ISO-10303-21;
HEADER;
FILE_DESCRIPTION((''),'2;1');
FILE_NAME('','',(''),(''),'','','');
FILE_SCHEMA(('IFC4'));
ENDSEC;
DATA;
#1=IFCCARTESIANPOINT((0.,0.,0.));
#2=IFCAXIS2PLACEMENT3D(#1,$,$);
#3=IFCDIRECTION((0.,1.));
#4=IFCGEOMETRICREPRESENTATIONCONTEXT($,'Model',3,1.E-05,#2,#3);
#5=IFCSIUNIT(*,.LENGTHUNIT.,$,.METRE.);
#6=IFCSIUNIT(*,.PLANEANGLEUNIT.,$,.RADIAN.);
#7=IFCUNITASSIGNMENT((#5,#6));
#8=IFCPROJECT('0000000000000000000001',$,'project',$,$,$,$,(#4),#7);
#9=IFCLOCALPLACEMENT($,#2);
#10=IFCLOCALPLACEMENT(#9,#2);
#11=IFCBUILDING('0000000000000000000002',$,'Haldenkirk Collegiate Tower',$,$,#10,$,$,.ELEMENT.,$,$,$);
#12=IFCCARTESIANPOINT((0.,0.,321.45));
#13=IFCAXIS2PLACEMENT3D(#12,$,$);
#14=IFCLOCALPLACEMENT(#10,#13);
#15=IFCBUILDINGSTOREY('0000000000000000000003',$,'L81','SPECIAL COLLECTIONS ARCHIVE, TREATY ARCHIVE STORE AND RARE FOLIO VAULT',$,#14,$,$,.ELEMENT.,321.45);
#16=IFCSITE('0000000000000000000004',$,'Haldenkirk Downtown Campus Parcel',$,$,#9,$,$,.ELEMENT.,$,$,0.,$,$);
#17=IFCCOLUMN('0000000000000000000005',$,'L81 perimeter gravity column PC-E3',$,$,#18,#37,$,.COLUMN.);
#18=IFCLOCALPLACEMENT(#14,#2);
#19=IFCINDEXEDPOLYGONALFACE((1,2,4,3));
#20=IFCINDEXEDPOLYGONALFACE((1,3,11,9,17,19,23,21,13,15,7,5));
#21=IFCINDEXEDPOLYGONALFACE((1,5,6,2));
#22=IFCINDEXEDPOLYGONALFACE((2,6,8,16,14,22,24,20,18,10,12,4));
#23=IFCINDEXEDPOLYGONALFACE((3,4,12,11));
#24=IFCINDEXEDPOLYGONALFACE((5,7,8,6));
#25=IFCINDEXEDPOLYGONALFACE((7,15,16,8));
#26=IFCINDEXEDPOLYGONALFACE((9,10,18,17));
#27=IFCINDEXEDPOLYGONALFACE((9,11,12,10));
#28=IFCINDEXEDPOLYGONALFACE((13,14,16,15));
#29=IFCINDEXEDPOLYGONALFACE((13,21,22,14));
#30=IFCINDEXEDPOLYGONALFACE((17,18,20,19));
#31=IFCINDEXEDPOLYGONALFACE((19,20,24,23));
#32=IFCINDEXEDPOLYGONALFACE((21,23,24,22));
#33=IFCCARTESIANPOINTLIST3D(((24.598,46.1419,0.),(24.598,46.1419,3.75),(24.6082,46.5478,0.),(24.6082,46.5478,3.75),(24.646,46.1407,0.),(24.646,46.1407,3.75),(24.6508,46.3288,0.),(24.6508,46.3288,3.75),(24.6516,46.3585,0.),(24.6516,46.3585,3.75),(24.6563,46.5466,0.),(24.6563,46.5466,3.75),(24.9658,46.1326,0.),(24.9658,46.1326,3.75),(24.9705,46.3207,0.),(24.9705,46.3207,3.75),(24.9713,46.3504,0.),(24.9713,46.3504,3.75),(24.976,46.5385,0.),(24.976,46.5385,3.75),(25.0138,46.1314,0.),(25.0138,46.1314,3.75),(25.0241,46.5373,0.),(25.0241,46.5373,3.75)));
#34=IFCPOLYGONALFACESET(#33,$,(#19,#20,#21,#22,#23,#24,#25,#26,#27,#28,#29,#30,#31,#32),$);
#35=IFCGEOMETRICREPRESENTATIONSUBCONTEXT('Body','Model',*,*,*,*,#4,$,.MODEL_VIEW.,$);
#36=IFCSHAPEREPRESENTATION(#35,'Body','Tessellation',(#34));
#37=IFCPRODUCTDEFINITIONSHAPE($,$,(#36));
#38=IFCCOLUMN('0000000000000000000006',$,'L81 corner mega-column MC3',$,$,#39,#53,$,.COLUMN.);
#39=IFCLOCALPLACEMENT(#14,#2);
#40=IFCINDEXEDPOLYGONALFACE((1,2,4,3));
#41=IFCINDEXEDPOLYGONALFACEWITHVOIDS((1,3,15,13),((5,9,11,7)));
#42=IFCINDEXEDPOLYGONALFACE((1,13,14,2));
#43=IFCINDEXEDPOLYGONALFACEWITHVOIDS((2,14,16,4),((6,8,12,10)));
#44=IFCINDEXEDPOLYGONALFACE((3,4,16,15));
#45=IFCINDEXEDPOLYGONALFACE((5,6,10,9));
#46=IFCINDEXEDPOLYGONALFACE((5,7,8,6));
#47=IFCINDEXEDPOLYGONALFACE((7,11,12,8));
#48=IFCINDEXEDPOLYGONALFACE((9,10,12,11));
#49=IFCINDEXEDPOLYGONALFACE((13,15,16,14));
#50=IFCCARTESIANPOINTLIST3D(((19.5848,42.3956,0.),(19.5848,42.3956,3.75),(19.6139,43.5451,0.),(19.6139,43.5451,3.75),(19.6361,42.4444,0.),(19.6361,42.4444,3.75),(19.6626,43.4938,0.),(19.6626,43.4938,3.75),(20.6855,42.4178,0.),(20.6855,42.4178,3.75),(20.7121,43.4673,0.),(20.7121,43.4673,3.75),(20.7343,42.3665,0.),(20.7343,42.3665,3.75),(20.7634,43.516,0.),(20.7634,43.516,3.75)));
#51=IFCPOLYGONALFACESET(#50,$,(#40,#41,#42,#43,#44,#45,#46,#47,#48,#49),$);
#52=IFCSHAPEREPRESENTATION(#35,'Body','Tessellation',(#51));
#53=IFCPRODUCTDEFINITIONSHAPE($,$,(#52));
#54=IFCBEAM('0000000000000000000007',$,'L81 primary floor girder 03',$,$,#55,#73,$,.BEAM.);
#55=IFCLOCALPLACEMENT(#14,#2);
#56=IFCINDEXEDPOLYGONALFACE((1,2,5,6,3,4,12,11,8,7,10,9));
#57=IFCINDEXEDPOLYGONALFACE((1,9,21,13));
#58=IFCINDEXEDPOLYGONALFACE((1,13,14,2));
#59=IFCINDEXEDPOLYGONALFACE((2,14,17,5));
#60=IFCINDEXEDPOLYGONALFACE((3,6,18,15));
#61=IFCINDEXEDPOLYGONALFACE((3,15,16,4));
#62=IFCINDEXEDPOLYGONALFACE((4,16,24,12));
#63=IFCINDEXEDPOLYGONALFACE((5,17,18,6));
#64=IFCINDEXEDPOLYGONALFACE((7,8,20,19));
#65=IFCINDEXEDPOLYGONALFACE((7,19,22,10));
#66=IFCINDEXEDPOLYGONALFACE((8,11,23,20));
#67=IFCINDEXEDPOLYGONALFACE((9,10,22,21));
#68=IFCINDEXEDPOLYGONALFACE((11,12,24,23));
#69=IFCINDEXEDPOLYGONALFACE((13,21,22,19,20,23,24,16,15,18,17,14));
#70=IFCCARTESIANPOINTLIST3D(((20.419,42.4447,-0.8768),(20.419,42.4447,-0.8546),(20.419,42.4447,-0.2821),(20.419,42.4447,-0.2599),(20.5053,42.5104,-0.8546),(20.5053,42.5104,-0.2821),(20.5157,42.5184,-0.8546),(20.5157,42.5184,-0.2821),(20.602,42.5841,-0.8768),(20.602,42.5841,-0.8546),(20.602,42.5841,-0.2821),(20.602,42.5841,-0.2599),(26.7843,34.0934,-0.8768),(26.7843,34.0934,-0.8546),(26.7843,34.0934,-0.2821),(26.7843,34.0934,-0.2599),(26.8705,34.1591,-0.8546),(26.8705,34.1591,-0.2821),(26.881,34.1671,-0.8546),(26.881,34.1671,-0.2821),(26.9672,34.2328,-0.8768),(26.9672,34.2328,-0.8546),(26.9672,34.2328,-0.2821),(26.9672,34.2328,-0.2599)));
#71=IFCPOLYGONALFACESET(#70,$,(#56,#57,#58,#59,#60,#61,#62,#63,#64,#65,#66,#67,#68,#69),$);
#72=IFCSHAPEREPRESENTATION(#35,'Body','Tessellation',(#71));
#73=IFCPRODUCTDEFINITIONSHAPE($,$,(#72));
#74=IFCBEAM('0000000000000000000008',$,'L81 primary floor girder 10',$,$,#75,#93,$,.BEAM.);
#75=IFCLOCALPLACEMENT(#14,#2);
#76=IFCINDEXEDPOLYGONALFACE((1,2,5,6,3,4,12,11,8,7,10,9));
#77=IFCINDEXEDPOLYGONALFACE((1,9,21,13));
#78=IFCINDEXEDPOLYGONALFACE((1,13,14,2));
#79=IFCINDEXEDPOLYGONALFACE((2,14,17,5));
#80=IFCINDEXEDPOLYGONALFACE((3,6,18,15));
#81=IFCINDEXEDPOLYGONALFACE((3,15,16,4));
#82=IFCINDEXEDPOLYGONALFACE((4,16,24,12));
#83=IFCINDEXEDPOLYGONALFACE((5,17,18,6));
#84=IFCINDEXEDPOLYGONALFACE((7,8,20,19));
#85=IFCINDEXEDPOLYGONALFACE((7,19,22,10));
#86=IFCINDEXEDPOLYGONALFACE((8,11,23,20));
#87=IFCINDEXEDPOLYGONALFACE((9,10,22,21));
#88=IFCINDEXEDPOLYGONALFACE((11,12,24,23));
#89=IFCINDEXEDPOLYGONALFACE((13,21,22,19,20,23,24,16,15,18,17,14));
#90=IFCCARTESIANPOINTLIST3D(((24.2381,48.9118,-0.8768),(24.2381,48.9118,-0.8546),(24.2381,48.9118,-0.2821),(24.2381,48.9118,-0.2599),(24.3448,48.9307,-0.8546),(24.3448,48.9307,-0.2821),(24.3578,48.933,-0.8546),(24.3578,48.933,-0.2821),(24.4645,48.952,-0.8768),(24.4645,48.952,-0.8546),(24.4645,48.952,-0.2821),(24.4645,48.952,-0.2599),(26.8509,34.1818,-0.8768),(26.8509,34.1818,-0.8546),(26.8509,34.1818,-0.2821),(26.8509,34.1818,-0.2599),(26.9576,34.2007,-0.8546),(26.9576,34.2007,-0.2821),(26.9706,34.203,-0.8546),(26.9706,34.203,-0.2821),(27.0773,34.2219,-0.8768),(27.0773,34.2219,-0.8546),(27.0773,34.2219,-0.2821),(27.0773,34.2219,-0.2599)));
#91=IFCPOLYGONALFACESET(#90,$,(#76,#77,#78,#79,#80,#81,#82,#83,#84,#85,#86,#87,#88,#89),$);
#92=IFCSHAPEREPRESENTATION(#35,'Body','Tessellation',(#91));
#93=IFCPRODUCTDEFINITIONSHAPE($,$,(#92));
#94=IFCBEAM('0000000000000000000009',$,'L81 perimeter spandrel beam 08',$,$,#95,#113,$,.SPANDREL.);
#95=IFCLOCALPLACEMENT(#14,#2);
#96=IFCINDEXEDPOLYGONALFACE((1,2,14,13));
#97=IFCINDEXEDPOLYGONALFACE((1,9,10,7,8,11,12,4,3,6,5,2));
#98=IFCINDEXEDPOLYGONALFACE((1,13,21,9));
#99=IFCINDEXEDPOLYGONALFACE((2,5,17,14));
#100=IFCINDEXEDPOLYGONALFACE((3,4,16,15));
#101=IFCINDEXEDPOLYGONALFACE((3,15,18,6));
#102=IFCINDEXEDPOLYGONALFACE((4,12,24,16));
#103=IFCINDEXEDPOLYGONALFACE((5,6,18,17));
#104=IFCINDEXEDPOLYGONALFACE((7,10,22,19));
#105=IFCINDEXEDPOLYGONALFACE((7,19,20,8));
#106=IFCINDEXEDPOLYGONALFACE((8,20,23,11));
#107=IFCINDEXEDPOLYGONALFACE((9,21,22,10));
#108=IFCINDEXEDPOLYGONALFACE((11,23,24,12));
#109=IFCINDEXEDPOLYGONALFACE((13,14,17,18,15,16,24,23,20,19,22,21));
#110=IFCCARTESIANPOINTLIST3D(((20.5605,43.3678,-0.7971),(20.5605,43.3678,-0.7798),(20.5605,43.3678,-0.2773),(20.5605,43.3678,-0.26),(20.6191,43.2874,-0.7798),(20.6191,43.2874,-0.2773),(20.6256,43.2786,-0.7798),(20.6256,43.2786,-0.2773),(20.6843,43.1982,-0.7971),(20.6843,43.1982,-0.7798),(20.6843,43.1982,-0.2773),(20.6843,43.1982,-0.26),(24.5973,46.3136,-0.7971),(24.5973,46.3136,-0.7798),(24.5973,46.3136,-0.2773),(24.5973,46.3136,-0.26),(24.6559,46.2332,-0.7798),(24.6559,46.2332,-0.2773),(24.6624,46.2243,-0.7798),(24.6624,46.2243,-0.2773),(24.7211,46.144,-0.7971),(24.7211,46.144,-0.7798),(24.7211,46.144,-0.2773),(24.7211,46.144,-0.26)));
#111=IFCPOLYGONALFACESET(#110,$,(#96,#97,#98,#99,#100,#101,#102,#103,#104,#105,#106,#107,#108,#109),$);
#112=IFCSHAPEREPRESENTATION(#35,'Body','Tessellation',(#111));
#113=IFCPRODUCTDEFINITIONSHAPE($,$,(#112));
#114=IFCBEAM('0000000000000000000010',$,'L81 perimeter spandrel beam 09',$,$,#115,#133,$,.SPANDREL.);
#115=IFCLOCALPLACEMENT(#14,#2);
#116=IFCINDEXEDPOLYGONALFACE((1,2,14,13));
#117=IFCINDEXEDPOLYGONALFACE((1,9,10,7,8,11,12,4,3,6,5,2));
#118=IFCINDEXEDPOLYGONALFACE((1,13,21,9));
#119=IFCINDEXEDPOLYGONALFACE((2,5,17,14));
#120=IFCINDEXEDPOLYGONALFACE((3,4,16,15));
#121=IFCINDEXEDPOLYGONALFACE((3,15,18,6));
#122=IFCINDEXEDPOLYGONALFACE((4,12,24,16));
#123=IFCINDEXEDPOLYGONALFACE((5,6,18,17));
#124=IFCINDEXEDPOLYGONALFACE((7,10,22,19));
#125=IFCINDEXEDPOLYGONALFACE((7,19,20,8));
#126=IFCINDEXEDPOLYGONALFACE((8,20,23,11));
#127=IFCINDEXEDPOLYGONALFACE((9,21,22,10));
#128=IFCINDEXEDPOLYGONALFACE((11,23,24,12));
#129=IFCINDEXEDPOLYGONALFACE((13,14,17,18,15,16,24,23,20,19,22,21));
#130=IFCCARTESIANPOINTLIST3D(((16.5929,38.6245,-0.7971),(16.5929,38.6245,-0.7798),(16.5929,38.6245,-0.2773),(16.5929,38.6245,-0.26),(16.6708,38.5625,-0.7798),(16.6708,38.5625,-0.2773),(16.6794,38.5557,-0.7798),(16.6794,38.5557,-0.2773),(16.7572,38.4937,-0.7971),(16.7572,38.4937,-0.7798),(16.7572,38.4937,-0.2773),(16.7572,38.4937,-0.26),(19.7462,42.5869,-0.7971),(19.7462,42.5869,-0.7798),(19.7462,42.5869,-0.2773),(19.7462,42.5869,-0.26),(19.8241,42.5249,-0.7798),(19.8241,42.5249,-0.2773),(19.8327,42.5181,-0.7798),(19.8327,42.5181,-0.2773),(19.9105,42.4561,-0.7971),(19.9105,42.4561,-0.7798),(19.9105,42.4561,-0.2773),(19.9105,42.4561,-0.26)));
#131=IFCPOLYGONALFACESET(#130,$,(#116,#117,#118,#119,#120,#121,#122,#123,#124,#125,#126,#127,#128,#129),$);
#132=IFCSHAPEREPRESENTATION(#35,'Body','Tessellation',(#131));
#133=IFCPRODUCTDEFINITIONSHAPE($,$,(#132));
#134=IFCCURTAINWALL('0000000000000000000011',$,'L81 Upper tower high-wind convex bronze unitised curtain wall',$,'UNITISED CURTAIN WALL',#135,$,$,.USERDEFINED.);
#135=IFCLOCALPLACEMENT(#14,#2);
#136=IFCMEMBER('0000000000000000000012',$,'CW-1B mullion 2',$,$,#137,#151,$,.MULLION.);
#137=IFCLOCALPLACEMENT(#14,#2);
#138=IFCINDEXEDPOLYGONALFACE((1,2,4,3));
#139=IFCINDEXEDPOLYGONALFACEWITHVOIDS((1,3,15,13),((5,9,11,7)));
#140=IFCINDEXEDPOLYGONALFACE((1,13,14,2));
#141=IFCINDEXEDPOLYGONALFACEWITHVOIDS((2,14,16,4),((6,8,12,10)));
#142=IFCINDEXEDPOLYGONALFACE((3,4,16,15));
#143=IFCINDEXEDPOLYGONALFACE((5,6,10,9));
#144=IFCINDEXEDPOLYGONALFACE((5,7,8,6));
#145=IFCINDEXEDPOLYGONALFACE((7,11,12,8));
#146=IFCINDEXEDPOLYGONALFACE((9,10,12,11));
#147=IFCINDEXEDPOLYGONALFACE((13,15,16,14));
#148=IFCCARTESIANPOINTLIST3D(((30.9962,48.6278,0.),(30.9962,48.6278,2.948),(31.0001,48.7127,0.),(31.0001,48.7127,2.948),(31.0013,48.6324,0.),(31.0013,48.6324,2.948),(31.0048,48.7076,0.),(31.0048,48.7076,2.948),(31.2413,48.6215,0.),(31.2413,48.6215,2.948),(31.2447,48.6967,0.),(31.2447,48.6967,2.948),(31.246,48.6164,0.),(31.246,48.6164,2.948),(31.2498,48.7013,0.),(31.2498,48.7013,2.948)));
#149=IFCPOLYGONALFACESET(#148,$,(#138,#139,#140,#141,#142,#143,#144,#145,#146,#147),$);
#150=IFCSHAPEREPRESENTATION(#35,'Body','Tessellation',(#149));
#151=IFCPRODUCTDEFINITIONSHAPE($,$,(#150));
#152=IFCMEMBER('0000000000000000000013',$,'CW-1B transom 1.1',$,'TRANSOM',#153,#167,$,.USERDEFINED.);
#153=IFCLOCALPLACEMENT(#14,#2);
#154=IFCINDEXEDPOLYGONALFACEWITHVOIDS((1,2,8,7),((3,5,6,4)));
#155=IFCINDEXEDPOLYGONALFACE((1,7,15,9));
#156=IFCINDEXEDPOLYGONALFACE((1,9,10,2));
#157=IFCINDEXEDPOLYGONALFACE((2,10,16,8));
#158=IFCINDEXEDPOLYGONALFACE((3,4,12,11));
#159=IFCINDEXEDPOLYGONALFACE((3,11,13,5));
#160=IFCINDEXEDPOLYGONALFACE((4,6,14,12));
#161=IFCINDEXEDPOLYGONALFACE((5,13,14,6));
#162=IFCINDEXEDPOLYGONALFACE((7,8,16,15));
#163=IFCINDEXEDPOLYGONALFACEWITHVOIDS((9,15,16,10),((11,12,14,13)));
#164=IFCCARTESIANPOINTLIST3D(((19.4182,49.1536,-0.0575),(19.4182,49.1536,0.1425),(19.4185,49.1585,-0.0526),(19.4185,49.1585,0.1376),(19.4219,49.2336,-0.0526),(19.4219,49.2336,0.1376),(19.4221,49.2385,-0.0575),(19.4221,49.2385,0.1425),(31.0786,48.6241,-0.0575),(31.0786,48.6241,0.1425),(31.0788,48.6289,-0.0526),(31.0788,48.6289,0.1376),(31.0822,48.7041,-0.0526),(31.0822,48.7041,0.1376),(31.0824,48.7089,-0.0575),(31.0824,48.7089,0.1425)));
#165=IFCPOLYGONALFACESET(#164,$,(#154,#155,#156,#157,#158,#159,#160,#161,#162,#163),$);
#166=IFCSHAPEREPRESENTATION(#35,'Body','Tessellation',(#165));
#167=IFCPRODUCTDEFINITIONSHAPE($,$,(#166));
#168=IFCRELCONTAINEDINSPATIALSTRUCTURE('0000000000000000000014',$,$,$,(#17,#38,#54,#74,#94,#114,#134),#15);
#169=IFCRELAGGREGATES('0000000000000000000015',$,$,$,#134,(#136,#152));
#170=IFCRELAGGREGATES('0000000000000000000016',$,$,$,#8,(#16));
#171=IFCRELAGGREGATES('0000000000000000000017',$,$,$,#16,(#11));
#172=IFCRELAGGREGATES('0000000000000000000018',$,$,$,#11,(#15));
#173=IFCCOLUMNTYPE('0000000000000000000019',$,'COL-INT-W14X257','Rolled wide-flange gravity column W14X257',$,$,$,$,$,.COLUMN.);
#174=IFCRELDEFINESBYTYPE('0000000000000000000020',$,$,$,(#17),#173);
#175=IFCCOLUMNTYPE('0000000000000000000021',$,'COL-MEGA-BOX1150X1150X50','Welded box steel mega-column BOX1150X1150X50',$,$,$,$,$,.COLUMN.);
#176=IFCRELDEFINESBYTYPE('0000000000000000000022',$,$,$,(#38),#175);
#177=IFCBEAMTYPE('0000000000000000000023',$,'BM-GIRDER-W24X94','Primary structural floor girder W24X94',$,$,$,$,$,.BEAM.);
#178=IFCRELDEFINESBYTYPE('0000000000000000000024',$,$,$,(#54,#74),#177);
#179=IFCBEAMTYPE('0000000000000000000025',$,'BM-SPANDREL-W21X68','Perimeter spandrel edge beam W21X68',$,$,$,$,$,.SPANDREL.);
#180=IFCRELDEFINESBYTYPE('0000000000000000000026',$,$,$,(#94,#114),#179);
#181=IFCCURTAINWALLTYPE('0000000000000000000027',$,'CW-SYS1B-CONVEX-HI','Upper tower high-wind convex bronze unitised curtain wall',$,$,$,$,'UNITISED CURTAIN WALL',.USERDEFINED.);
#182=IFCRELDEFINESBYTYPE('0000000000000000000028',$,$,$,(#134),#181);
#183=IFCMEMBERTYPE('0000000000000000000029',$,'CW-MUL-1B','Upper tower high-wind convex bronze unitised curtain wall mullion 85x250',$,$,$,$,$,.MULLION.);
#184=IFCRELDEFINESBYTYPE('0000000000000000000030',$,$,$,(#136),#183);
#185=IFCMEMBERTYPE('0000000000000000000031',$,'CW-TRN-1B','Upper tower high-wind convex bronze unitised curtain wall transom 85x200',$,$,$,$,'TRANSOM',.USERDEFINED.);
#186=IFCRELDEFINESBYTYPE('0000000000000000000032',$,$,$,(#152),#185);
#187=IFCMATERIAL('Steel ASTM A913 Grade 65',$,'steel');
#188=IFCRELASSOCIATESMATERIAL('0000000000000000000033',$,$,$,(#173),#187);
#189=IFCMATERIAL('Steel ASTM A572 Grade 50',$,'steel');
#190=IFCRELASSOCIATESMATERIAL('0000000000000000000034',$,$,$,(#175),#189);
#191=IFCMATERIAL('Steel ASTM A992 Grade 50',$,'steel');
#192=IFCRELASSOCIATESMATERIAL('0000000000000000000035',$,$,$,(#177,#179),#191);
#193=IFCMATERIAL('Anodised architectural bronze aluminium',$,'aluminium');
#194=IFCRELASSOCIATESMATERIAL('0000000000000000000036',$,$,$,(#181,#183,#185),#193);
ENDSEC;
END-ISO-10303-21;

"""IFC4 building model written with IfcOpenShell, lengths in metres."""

from ifc_helpers import new_model, si_unit, direction, frame, origin, origin_2d, place, context, subcontext, project, spatial, hollow_rectangle, i_section, extrude, material, material_profile, profile_set, type_object, element, aggregate, save


model = new_model("IFC4")

# Units and contexts
model_context = context("Model", 3, precision=1e-05, world=origin(), true_north=direction((0.0, 1.0)))
body_context = subcontext(model_context, "Body", "Model", "MODEL_VIEW")
ifc_project = project(units=[si_unit("LENGTHUNIT", "METRE"), si_unit("PLANEANGLEUNIT", "RADIAN")], contexts=[model_context])

# Site, building, storey
site_placement = place(None, origin())
site = spatial("IfcSite", under=ifc_project, at=site_placement, Name="Haldenkirk Downtown Campus Parcel", CompositionType="ELEMENT", RefElevation=0.0)
building_placement = place(site_placement, origin())
building = spatial("IfcBuilding", under=site, at=building_placement, Name="Haldenkirk Collegiate Tower", CompositionType="ELEMENT")
storey_placement = place(building_placement, frame((0.0, 0.0, 321.45)))
storey = spatial("IfcBuildingStorey", under=building, at=storey_placement, Name="L81", Description="SPECIAL COLLECTIONS ARCHIVE, TREATY ARCHIVE STORE AND RARE FOLIO VAULT", CompositionType="ELEMENT", Elevation=321.45)

# Columns
ifc_material_1 = material(Name="Steel ASTM A913 Grade 65", Category="steel")
ifc_material_profile_1 = material_profile(ifc_material_1, i_section(OverallWidth=0.406, OverallDepth=0.416, WebThickness=0.0298, FlangeThickness=0.0481, at=origin_2d()), Name="W14X257")
ifc_profile_set_1 = profile_set([ifc_material_profile_1], Name="Steel ASTM A913 Grade 65")
column_type_1 = type_object("IfcColumnType", Name="COL-INT-W14X257", Description="Rolled wide-flange gravity column W14X257", PredefinedType="COLUMN", material=ifc_profile_set_1)
column_1_placement = place(storey_placement, frame((24.811, 46.3396, 0.0), z_axis=(0.0, 0.0, 1.0), x_axis=(0.025305, 0.99968, 0.0)))
element("IfcColumn", 1, at=column_1_placement, inside=storey, type_object=column_type_1, Name="L81 perimeter gravity column PC-E3", PredefinedType="COLUMN", context=body_context, shape_type="SweptSolid", body=[
    extrude(i_section(OverallWidth=0.406, OverallDepth=0.416, WebThickness=0.0298, FlangeThickness=0.0481, at=origin_2d()), origin(), (0.0, 0.0, 1.0), 3.75),
])
ifc_material_2 = material(Name="Steel ASTM A572 Grade 50", Category="steel")
ifc_material_profile_2 = material_profile(ifc_material_2, hollow_rectangle(XDim=1.1499, YDim=1.1499, WallThickness=0.05, at=origin_2d()), Name="BOX1150X1150X50")
ifc_profile_set_2 = profile_set([ifc_material_profile_2], Name="Steel ASTM A572 Grade 50")
column_type_2 = type_object("IfcColumnType", Name="COL-MEGA-BOX1150X1150X50", Description="Welded box steel mega-column BOX1150X1150X50", PredefinedType="COLUMN", material=ifc_profile_set_2)
column_2_placement = place(storey_placement, frame((20.1741, 42.9558, 0.0), z_axis=(0.0, 0.0, 1.0), x_axis=(0.025305, 0.99968, 0.0)))
element("IfcColumn", 2, at=column_2_placement, inside=storey, type_object=column_type_2, Name="L81 corner mega-column MC3", PredefinedType="COLUMN", context=body_context, shape_type="SweptSolid", body=[
    extrude(hollow_rectangle(XDim=1.1499, YDim=1.1499, WallThickness=0.05, at=origin_2d()), origin(), (0.0, 0.0, 1.0), 3.75),
])

# Beams
ifc_material_3 = material(Name="Steel ASTM A992 Grade 50", Category="steel")
ifc_material_profile_3 = material_profile(ifc_material_3, i_section(OverallWidth=0.23, OverallDepth=0.6169, WebThickness=0.0132, FlangeThickness=0.0222, at=origin_2d()), Name="W24X94")
ifc_profile_set_3 = profile_set([ifc_material_profile_3], Name="Steel ASTM A992 Grade 50")
beam_type_1 = type_object("IfcBeamType", Name="BM-GIRDER-W24X94", Description="Primary structural floor girder W24X94", PredefinedType="BEAM", material=ifc_profile_set_3)
beam_1_placement = place(storey_placement, frame((20.5105, 42.5144, -0.5684), z_axis=(0.606183, -0.795325, 0.0), x_axis=(0.795325, 0.606183, 0.0)))
element("IfcBeam", 3, at=beam_1_placement, inside=storey, type_object=beam_type_1, Name="L81 primary floor girder 03", PredefinedType="BEAM", context=body_context, shape_type="SweptSolid", body=[
    extrude(i_section(OverallWidth=0.23, OverallDepth=0.6169, WebThickness=0.0132, FlangeThickness=0.0222, at=origin_2d()), origin(), (0.0, 0.0, 1.0), 10.5005),
])
beam_2_placement = place(storey_placement, frame((24.3513, 48.9319, -0.5684), z_axis=(0.174653, -0.98463, 0.0), x_axis=(0.98463, 0.174653, 0.0)))
element("IfcBeam", 4, at=beam_2_placement, inside=storey, type_object=beam_type_1, Name="L81 primary floor girder 10", PredefinedType="BEAM", context=body_context, shape_type="SweptSolid", body=[
    extrude(i_section(OverallWidth=0.23, OverallDepth=0.6169, WebThickness=0.0132, FlangeThickness=0.0222, at=origin_2d()), origin(), (0.0, 0.0, 1.0), 14.96),
])
ifc_material_profile_4 = material_profile(ifc_material_3, i_section(OverallWidth=0.21, OverallDepth=0.5371, WebThickness=0.011, FlangeThickness=0.0173, at=origin_2d()), Name="W21X68")
ifc_profile_set_4 = profile_set([ifc_material_profile_4], Name="Steel ASTM A992 Grade 50")
beam_type_2 = type_object("IfcBeamType", Name="BM-SPANDREL-W21X68", Description="Perimeter spandrel edge beam W21X68", PredefinedType="SPANDREL", material=ifc_profile_set_4)
beam_3_placement = place(storey_placement, frame((24.6592, 46.2288, -0.5286), z_axis=(-0.807793, -0.589466, 0.0), x_axis=(0.589466, -0.807793, 0.0)))
element("IfcBeam", 5, at=beam_3_placement, inside=storey, type_object=beam_type_2, Name="L81 perimeter spandrel beam 08", PredefinedType="SPANDREL", context=body_context, shape_type="SweptSolid", body=[
    extrude(i_section(OverallWidth=0.21, OverallDepth=0.5371, WebThickness=0.011, FlangeThickness=0.0173, at=origin_2d()), origin(), (0.0, 0.0, 1.0), 4.9973),
])
beam_4_placement = place(storey_placement, frame((19.8284, 42.5215, -0.5286), z_axis=(-0.622694, -0.782465, 0.0), x_axis=(0.782465, -0.622694, 0.0)))
element("IfcBeam", 6, at=beam_4_placement, inside=storey, type_object=beam_type_2, Name="L81 perimeter spandrel beam 09", PredefinedType="SPANDREL", context=body_context, shape_type="SweptSolid", body=[
    extrude(i_section(OverallWidth=0.21, OverallDepth=0.5371, WebThickness=0.011, FlangeThickness=0.0173, at=origin_2d()), origin(), (0.0, 0.0, 1.0), 5.064),
])

# Curtain wall, members
ifc_material_4 = material(Name="Anodised architectural bronze aluminium", Category="aluminium")
curtain_wall_type = type_object("IfcCurtainWallType", Name="CW-SYS1B-CONVEX-HI", Description="Upper tower high-wind convex bronze unitised curtain wall", ElementType="UNITISED CURTAIN WALL", PredefinedType="USERDEFINED", material=ifc_material_4)
curtain_wall_placement = place(storey_placement, origin())
curtain_wall = element("IfcCurtainWall", 7, at=curtain_wall_placement, inside=storey, type_object=curtain_wall_type, Name="L81 Upper tower high-wind convex bronze unitised curtain wall", ObjectType="UNITISED CURTAIN WALL", PredefinedType="USERDEFINED")
ifc_material_profile_5 = material_profile(ifc_material_4, hollow_rectangle(XDim=0.085, YDim=0.25, WallThickness=0.0049, at=origin_2d()), Name="CW-MUL-1B")
ifc_profile_set_5 = profile_set([ifc_material_profile_5], Name="Anodised architectural bronze aluminium")
member_type_1 = type_object("IfcMemberType", Name="CW-MUL-1B", Description="Upper tower high-wind convex bronze unitised curtain wall mullion 85x250", PredefinedType="MULLION", material=ifc_profile_set_5)
member_1_placement = place(storey_placement, frame((31.123, 48.6646, 0.0), z_axis=(0.0, 0.0, 1.0), x_axis=(0.045364, 0.998971, 0.0)))
member_1 = element("IfcMember", 8, at=member_1_placement, type_object=member_type_1, Name="CW-1B mullion 2", PredefinedType="MULLION", context=body_context, shape_type="SweptSolid", body=[
    extrude(hollow_rectangle(XDim=0.085, YDim=0.25, WallThickness=0.0049, at=origin_2d()), origin(), (0.0, 0.0, 1.0), 2.948),
])
ifc_material_profile_6 = material_profile(ifc_material_4, hollow_rectangle(XDim=0.085, YDim=0.2, WallThickness=0.0049, at=origin_2d()), Name="CW-TRN-1B")
ifc_profile_set_6 = profile_set([ifc_material_profile_6], Name="Anodised architectural bronze aluminium")
member_type_2 = type_object("IfcMemberType", Name="CW-TRN-1B", Description="Upper tower high-wind convex bronze unitised curtain wall transom 85x200", ElementType="TRANSOM", PredefinedType="USERDEFINED", material=ifc_profile_set_6)
member_2_placement = place(storey_placement, frame((19.4202, 49.196, 0.0425), z_axis=(0.99897, -0.045367, 0.0), x_axis=(0.045367, 0.99897, 0.0)))
member_2 = element("IfcMember", 9, at=member_2_placement, type_object=member_type_2, Name="CW-1B transom 1.1", ObjectType="TRANSOM", PredefinedType="USERDEFINED", context=body_context, shape_type="SweptSolid", body=[
    extrude(hollow_rectangle(XDim=0.085, YDim=0.2, WallThickness=0.0049, at=origin_2d()), origin(), (0.0, 0.0, 1.0), 11.6724),
])

aggregate(curtain_wall, [member_1, member_2])

save(model, "model.ifc")
